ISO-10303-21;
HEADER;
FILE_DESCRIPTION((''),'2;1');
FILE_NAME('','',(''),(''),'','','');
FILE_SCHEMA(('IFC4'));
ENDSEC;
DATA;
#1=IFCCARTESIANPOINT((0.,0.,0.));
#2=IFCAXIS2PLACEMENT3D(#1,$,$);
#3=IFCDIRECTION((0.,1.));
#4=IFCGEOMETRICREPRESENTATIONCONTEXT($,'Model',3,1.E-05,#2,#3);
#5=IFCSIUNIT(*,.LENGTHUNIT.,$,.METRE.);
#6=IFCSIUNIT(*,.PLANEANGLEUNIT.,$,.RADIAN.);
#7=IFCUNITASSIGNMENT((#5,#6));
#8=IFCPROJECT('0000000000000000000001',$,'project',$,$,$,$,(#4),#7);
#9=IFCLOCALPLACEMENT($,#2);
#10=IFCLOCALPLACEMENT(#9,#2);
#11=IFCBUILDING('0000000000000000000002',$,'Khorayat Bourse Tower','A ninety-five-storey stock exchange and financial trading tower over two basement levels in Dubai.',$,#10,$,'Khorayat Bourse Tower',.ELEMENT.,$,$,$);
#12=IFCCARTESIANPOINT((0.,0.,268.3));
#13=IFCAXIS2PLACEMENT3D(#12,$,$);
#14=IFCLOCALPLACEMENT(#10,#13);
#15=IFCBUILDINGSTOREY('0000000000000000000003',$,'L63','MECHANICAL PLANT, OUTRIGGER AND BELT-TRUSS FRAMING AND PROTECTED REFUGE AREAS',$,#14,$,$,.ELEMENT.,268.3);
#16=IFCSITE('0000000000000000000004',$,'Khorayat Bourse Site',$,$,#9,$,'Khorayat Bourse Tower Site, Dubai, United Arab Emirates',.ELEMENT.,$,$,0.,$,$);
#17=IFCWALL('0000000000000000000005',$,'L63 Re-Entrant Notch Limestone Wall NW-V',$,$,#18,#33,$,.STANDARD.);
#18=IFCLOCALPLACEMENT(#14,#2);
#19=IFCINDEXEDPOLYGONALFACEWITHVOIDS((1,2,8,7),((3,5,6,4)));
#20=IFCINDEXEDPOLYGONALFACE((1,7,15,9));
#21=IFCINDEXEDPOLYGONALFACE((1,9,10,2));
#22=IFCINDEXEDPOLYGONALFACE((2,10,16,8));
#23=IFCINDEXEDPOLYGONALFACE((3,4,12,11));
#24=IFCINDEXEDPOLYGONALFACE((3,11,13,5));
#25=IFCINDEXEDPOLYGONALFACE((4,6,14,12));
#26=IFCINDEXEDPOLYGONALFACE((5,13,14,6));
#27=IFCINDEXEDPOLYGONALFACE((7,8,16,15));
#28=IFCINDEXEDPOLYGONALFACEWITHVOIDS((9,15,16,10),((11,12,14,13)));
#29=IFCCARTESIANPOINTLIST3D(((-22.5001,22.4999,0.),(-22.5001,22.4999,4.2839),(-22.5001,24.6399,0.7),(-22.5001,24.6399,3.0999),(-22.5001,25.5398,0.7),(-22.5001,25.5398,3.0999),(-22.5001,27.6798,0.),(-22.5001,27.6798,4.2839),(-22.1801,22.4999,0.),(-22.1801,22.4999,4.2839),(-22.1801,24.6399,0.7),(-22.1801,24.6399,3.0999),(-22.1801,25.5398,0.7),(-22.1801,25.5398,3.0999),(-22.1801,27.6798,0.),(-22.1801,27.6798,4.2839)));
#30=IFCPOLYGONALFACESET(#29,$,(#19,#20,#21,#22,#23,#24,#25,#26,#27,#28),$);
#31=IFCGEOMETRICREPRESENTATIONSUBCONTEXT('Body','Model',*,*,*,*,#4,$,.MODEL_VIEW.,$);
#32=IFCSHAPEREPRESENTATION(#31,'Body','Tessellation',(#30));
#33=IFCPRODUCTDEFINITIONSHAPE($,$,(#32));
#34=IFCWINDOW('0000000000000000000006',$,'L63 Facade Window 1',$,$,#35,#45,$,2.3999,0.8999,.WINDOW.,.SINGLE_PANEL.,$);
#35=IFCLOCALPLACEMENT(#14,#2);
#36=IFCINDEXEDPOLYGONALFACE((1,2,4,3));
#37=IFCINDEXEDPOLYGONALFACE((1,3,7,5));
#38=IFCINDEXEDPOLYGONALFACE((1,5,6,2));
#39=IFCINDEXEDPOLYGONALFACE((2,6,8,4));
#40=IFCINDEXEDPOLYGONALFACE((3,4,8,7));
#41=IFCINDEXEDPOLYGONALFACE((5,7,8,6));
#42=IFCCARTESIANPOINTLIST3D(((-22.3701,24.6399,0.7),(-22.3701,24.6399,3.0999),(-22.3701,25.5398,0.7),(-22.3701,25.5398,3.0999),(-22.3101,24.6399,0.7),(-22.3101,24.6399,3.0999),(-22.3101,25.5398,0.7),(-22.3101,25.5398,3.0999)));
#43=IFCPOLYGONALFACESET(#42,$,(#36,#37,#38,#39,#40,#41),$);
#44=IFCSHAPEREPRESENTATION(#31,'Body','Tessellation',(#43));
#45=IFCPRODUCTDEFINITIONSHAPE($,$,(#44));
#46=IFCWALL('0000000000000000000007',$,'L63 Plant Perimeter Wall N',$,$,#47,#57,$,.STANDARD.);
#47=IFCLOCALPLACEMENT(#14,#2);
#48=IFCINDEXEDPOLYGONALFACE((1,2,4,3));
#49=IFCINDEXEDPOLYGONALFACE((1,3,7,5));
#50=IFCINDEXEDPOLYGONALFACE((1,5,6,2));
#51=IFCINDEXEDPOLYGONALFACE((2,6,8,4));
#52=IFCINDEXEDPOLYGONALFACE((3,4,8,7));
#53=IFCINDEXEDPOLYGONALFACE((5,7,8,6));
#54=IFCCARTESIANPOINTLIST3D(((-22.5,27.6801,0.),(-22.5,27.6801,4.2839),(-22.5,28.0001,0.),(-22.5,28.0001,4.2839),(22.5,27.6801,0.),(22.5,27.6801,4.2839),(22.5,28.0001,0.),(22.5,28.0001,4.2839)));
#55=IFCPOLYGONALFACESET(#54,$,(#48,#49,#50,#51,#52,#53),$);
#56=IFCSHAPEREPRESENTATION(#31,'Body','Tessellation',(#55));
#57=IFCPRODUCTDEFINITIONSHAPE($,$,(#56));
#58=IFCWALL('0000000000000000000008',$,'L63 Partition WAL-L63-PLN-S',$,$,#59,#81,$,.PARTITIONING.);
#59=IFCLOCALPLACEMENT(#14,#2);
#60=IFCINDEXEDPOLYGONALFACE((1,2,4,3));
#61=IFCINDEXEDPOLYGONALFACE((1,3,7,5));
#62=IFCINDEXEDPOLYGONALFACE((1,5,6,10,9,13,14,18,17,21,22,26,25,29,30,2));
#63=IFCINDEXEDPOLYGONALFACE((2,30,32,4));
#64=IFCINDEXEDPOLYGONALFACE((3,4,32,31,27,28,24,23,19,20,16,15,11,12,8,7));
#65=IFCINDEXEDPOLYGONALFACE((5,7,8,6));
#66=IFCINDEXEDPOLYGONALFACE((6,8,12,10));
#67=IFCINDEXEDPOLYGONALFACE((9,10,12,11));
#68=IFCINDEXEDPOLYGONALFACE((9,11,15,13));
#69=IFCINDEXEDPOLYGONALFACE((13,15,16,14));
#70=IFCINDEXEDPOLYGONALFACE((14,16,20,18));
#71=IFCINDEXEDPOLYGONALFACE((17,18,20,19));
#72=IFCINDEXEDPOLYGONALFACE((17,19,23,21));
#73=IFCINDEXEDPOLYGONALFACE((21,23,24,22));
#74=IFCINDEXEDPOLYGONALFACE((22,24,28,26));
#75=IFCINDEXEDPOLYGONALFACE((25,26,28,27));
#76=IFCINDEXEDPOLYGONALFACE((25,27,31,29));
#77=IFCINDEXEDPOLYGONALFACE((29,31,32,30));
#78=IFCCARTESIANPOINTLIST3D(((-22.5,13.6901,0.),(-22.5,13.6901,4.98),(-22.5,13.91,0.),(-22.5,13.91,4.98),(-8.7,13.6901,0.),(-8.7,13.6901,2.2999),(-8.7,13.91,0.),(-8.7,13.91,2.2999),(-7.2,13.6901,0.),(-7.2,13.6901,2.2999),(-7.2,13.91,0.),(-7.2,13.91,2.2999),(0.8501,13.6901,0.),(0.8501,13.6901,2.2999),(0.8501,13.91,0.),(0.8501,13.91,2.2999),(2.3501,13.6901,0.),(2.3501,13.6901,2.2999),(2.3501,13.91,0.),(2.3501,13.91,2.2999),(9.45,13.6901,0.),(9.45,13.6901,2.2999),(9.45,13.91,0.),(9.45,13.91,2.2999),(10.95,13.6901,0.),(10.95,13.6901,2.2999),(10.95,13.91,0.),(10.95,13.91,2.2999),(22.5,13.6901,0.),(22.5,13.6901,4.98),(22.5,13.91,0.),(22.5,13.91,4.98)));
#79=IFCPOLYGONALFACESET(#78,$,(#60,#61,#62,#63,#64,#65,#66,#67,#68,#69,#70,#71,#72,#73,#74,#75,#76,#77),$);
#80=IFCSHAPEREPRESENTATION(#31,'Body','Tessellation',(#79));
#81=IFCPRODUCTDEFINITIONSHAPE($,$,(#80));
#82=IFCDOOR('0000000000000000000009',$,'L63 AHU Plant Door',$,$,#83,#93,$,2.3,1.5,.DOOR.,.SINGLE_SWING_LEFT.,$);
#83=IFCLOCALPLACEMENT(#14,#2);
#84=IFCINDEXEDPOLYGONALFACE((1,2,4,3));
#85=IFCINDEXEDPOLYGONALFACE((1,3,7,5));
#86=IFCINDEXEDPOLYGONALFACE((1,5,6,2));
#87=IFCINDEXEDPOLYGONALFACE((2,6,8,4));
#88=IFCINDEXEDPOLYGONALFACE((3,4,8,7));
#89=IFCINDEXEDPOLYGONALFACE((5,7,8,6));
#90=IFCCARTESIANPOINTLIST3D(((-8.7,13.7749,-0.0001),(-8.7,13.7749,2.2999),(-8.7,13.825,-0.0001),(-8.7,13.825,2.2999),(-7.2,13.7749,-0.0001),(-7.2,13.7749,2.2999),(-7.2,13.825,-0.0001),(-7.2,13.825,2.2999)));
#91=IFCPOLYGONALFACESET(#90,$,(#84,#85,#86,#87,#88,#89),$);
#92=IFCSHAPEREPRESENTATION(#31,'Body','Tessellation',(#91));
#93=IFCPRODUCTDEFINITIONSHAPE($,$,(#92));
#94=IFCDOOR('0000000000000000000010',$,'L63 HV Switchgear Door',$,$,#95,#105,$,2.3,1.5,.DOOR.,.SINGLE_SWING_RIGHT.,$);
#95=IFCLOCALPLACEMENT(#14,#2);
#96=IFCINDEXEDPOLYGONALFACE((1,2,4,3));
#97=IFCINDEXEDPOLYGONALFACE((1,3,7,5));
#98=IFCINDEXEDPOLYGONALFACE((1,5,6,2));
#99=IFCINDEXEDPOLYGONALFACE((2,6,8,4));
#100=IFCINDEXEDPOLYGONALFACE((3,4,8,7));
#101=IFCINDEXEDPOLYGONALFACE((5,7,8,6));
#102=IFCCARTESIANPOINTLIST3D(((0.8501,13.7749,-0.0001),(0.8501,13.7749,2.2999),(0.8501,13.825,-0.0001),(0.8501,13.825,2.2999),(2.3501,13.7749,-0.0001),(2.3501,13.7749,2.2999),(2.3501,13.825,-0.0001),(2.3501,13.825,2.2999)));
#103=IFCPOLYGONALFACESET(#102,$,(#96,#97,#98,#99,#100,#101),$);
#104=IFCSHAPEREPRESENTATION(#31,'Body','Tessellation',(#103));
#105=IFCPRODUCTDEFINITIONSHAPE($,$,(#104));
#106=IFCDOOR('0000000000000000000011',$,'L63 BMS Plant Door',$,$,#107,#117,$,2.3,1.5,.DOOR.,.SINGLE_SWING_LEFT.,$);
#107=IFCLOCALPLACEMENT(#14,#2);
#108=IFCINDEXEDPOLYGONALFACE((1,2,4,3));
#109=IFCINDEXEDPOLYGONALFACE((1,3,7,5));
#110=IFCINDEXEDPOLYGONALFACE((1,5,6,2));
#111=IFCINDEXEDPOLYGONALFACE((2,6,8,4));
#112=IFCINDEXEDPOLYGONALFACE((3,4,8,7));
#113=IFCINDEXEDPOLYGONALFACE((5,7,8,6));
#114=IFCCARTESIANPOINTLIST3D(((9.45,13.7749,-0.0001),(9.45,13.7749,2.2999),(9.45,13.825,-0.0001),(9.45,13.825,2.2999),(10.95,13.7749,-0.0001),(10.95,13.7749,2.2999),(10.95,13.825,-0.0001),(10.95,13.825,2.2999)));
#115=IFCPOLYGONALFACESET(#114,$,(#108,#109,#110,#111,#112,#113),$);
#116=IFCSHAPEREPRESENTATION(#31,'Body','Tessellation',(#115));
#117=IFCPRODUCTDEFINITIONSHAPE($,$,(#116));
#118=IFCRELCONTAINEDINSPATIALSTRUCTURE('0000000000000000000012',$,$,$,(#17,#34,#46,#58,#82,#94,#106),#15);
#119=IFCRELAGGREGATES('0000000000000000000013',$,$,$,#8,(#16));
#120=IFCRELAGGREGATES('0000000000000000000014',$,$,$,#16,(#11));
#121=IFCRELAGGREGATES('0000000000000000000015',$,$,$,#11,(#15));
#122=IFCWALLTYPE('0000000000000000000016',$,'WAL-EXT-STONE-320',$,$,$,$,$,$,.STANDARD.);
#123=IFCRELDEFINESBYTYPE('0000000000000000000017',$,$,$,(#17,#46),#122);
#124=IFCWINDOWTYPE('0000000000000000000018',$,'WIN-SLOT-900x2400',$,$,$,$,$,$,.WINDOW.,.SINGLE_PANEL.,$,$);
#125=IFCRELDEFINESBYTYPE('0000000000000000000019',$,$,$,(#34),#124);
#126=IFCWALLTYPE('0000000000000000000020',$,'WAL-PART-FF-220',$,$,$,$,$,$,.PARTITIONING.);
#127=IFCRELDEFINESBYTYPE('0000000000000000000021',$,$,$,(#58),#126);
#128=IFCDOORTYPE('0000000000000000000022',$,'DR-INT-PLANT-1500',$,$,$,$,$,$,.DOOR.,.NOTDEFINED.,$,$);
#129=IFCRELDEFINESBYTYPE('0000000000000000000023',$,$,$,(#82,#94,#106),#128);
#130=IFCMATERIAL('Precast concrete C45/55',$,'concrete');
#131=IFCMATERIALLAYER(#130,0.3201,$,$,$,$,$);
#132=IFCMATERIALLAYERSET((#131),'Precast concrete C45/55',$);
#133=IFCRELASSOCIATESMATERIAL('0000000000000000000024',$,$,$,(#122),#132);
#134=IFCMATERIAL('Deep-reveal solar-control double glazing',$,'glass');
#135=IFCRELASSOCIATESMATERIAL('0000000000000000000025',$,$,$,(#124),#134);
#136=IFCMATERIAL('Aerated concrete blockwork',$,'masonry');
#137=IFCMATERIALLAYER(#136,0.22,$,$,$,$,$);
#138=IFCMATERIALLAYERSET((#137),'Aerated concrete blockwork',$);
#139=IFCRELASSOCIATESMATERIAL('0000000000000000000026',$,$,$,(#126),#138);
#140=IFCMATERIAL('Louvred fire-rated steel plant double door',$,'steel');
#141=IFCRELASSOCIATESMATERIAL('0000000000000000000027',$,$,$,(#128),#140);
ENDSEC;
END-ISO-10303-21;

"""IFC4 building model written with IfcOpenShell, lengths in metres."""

from ifc_helpers import new_model, si_unit, direction, frame, frame_2d, origin, place, context, subcontext, project, spatial, rectangle, extrude, source, transform, mapped, material, layer, layer_set, type_object, element, fill, save


model = new_model("IFC4")

# Units and contexts
model_context = context("Model", 3, precision=1e-05, world=origin(), true_north=direction((0.0, 1.0)))
body_context = subcontext(model_context, "Body", "Model", "MODEL_VIEW")
ifc_project = project(units=[si_unit("LENGTHUNIT", "METRE"), si_unit("PLANEANGLEUNIT", "RADIAN")], contexts=[model_context])

# Site, building, storey
site_placement = place(None, origin())
site = spatial("IfcSite", under=ifc_project, at=site_placement, Name="Khorayat Bourse Site", LongName="Khorayat Bourse Tower Site, Dubai, United Arab Emirates", CompositionType="ELEMENT", RefElevation=0.0)
building_placement = place(site_placement, origin())
building = spatial("IfcBuilding", under=site, at=building_placement, Name="Khorayat Bourse Tower", Description="A ninety-five-storey stock exchange and financial trading tower over two basement levels in Dubai.", LongName="Khorayat Bourse Tower", CompositionType="ELEMENT")
storey_placement = place(building_placement, frame((0.0, 0.0, 268.3)))
storey = spatial("IfcBuildingStorey", under=building, at=storey_placement, Name="L63", Description="MECHANICAL PLANT, OUTRIGGER AND BELT-TRUSS FRAMING AND PROTECTED REFUGE AREAS", CompositionType="ELEMENT", Elevation=268.3)

# Wall, opening, window
ifc_material_1 = material(Name="Precast concrete C45/55", Category="concrete")
ifc_layer_1 = layer(ifc_material_1, 0.3201)
ifc_layer_set_1 = layer_set([ifc_layer_1], Name="Precast concrete C45/55")
wall_type_1 = type_object("IfcWallType", Name="WAL-EXT-STONE-320", PredefinedType="STANDARD", material=ifc_layer_set_1)
shared_shape_1 = source(origin(), body_context, "Body", "SweptSolid", [
    extrude(rectangle(XDim=0.8999, YDim=2.3999, at=frame_2d((0.45, 1.2))), frame((0.0, 0.1699, 0.0), z_axis=(0.0, -1.0, 0.0), x_axis=(1.0, 0.0, 0.0)), (0.0, 0.0, 1.0), 0.3401),
])
ifc_material_2 = material(Name="Deep-reveal solar-control double glazing", Category="glass")
window_type = type_object("IfcWindowType", Name="WIN-SLOT-900x2400", PartitioningType="SINGLE_PANEL", PredefinedType="WINDOW", material=ifc_material_2)
shared_shape_2 = source(origin(), body_context, "Body", "SweptSolid", [
    extrude(rectangle(XDim=0.8999, YDim=2.3999, at=frame_2d((0.45, 1.2))), frame((0.0, 0.03, 0.0), z_axis=(0.0, -1.0, 0.0), x_axis=(1.0, 0.0, 0.0)), (0.0, 0.0, 1.0), 0.0601),
])
shared_shape_3 = source(origin(), body_context, "Body", "SweptSolid", [
    extrude(rectangle(XDim=5.1799, YDim=0.3201, at=frame_2d((2.5898, 0.0))), origin(), (0.0, 0.0, 1.0), 4.2839),
])
wall_1_placement = place(storey_placement, frame((-22.3401, 22.5, 0.0), z_axis=(0.0, 0.0, 1.0), x_axis=(0.0, 1.0, 0.0)))
wall_1 = element("IfcWall", 1, at=wall_1_placement, inside=storey, type_object=wall_type_1, Name="L63 Re-Entrant Notch Limestone Wall NW-V", PredefinedType="STANDARD", context=body_context, shape_type="MappedRepresentation", body=[
    mapped(shared_shape_3, transform((0.0, 0.0, 0.0), scale=1.0)),
])
opening_1_placement = place(wall_1_placement, frame((2.1399, 0.0, 0.7)))
opening_1 = element("IfcOpeningElement", 2, at=opening_1_placement, cuts=wall_1, PredefinedType="OPENING", context=body_context, shape_type="MappedRepresentation", body=[
    mapped(shared_shape_1, transform((0.0, 0.0, 0.0), scale=1.0)),
])
window_1_placement = place(opening_1_placement, origin())
window_1 = element("IfcWindow", 3, at=window_1_placement, inside=storey, type_object=window_type, Name="L63 Facade Window 1", OverallHeight=2.3999, OverallWidth=0.8999, PartitioningType="SINGLE_PANEL", PredefinedType="WINDOW", context=body_context, shape_type="MappedRepresentation", body=[
    mapped(shared_shape_2, transform((0.0, 0.0, 0.0), scale=1.0)),
])
fill(opening_1, window_1)

# Wall
shared_shape_4 = source(origin(), body_context, "Body", "SweptSolid", [
    extrude(rectangle(XDim=45.0, YDim=0.3201, at=frame_2d((22.5, 0.0))), origin(), (0.0, 0.0, 1.0), 4.2839),
])
wall_2_placement = place(storey_placement, frame((-22.5, 27.8401, 0.0), z_axis=(0.0, 0.0, 1.0), x_axis=(1.0, 0.0, 0.0)))
element("IfcWall", 4, at=wall_2_placement, inside=storey, type_object=wall_type_1, Name="L63 Plant Perimeter Wall N", PredefinedType="STANDARD", context=body_context, shape_type="MappedRepresentation", body=[
    mapped(shared_shape_4, transform((0.0, 0.0, 0.0), scale=1.0)),
])

# Wall, openings, doors
ifc_material_3 = material(Name="Aerated concrete blockwork", Category="masonry")
ifc_layer_2 = layer(ifc_material_3, 0.22)
ifc_layer_set_2 = layer_set([ifc_layer_2], Name="Aerated concrete blockwork")
wall_type_2 = type_object("IfcWallType", Name="WAL-PART-FF-220", PredefinedType="PARTITIONING", material=ifc_layer_set_2)
shared_shape_5 = source(origin(), body_context, "Body", "SweptSolid", [
    extrude(rectangle(XDim=45.0, YDim=0.22, at=frame_2d((22.5, 0.0))), origin(), (0.0, 0.0, 1.0), 4.98),
])
wall_3_placement = place(storey_placement, frame((-22.5, 13.8, 0.0), z_axis=(0.0, 0.0, 1.0), x_axis=(1.0, 0.0, 0.0)))
wall_3 = element("IfcWall", 5, at=wall_3_placement, inside=storey, type_object=wall_type_2, Name="L63 Partition WAL-L63-PLN-S", PredefinedType="PARTITIONING", context=body_context, shape_type="MappedRepresentation", body=[
    mapped(shared_shape_5, transform((0.0, 0.0, 0.0), scale=1.0)),
])
shared_shape_6 = source(origin(), body_context, "Body", "SweptSolid", [
    extrude(rectangle(XDim=1.5, YDim=2.3, at=frame_2d((0.75, 1.1499))), frame((0.0, 0.1199, 0.0), z_axis=(0.0, -1.0, 0.0), x_axis=(1.0, 0.0, 0.0)), (0.0, 0.0, 1.0), 0.24),
])
opening_2_placement = place(wall_3_placement, frame((13.8, 0.0, 0.0)))
opening_2 = element("IfcOpeningElement", 6, at=opening_2_placement, cuts=wall_3, PredefinedType="OPENING", context=body_context, shape_type="MappedRepresentation", body=[
    mapped(shared_shape_6, transform((0.0, 0.0, 0.0), scale=1.0)),
])
opening_3_placement = place(wall_3_placement, frame((23.3501, 0.0, 0.0)))
opening_3 = element("IfcOpeningElement", 7, at=opening_3_placement, cuts=wall_3, PredefinedType="OPENING", context=body_context, shape_type="MappedRepresentation", body=[
    mapped(shared_shape_6, transform((0.0, 0.0, 0.0), scale=1.0)),
])
opening_4_placement = place(wall_3_placement, frame((31.95, 0.0, 0.0)))
opening_4 = element("IfcOpeningElement", 8, at=opening_4_placement, cuts=wall_3, PredefinedType="OPENING", context=body_context, shape_type="MappedRepresentation", body=[
    mapped(shared_shape_6, transform((0.0, 0.0, 0.0), scale=1.0)),
])
ifc_material_4 = material(Name="Louvred fire-rated steel plant double door", Category="steel")
door_type = type_object("IfcDoorType", Name="DR-INT-PLANT-1500", OperationType="NOTDEFINED", PredefinedType="DOOR", material=ifc_material_4)
shared_shape_7 = source(origin(), body_context, "Body", "SweptSolid", [
    extrude(rectangle(XDim=1.5, YDim=2.3, at=frame_2d((0.75, 1.1499))), frame((0.0, 0.0249, 0.0), z_axis=(0.0, -1.0, 0.0), x_axis=(1.0, 0.0, 0.0)), (0.0, 0.0, 1.0), 0.05),
])
door_1_placement = place(opening_2_placement, origin())
door_1 = element("IfcDoor", 9, at=door_1_placement, inside=storey, type_object=door_type, Name="L63 AHU Plant Door", OperationType="SINGLE_SWING_LEFT", OverallHeight=2.3, OverallWidth=1.5, PredefinedType="DOOR", context=body_context, shape_type="MappedRepresentation", body=[
    mapped(shared_shape_7, transform((0.0, 0.0, 0.0), scale=1.0)),
])
fill(opening_2, door_1)
door_2_placement = place(opening_3_placement, origin())
door_2 = element("IfcDoor", 10, at=door_2_placement, inside=storey, type_object=door_type, Name="L63 HV Switchgear Door", OperationType="SINGLE_SWING_RIGHT", OverallHeight=2.3, OverallWidth=1.5, PredefinedType="DOOR", context=body_context, shape_type="MappedRepresentation", body=[
    mapped(shared_shape_7, transform((0.0, 0.0, 0.0), scale=1.0)),
])
fill(opening_3, door_2)
door_3_placement = place(opening_4_placement, origin())
door_3 = element("IfcDoor", 11, at=door_3_placement, inside=storey, type_object=door_type, Name="L63 BMS Plant Door", OperationType="SINGLE_SWING_LEFT", OverallHeight=2.3, OverallWidth=1.5, PredefinedType="DOOR", context=body_context, shape_type="MappedRepresentation", body=[
    mapped(shared_shape_7, transform((0.0, 0.0, 0.0), scale=1.0)),
])
fill(opening_4, door_3)

save(model, "model.ifc")
